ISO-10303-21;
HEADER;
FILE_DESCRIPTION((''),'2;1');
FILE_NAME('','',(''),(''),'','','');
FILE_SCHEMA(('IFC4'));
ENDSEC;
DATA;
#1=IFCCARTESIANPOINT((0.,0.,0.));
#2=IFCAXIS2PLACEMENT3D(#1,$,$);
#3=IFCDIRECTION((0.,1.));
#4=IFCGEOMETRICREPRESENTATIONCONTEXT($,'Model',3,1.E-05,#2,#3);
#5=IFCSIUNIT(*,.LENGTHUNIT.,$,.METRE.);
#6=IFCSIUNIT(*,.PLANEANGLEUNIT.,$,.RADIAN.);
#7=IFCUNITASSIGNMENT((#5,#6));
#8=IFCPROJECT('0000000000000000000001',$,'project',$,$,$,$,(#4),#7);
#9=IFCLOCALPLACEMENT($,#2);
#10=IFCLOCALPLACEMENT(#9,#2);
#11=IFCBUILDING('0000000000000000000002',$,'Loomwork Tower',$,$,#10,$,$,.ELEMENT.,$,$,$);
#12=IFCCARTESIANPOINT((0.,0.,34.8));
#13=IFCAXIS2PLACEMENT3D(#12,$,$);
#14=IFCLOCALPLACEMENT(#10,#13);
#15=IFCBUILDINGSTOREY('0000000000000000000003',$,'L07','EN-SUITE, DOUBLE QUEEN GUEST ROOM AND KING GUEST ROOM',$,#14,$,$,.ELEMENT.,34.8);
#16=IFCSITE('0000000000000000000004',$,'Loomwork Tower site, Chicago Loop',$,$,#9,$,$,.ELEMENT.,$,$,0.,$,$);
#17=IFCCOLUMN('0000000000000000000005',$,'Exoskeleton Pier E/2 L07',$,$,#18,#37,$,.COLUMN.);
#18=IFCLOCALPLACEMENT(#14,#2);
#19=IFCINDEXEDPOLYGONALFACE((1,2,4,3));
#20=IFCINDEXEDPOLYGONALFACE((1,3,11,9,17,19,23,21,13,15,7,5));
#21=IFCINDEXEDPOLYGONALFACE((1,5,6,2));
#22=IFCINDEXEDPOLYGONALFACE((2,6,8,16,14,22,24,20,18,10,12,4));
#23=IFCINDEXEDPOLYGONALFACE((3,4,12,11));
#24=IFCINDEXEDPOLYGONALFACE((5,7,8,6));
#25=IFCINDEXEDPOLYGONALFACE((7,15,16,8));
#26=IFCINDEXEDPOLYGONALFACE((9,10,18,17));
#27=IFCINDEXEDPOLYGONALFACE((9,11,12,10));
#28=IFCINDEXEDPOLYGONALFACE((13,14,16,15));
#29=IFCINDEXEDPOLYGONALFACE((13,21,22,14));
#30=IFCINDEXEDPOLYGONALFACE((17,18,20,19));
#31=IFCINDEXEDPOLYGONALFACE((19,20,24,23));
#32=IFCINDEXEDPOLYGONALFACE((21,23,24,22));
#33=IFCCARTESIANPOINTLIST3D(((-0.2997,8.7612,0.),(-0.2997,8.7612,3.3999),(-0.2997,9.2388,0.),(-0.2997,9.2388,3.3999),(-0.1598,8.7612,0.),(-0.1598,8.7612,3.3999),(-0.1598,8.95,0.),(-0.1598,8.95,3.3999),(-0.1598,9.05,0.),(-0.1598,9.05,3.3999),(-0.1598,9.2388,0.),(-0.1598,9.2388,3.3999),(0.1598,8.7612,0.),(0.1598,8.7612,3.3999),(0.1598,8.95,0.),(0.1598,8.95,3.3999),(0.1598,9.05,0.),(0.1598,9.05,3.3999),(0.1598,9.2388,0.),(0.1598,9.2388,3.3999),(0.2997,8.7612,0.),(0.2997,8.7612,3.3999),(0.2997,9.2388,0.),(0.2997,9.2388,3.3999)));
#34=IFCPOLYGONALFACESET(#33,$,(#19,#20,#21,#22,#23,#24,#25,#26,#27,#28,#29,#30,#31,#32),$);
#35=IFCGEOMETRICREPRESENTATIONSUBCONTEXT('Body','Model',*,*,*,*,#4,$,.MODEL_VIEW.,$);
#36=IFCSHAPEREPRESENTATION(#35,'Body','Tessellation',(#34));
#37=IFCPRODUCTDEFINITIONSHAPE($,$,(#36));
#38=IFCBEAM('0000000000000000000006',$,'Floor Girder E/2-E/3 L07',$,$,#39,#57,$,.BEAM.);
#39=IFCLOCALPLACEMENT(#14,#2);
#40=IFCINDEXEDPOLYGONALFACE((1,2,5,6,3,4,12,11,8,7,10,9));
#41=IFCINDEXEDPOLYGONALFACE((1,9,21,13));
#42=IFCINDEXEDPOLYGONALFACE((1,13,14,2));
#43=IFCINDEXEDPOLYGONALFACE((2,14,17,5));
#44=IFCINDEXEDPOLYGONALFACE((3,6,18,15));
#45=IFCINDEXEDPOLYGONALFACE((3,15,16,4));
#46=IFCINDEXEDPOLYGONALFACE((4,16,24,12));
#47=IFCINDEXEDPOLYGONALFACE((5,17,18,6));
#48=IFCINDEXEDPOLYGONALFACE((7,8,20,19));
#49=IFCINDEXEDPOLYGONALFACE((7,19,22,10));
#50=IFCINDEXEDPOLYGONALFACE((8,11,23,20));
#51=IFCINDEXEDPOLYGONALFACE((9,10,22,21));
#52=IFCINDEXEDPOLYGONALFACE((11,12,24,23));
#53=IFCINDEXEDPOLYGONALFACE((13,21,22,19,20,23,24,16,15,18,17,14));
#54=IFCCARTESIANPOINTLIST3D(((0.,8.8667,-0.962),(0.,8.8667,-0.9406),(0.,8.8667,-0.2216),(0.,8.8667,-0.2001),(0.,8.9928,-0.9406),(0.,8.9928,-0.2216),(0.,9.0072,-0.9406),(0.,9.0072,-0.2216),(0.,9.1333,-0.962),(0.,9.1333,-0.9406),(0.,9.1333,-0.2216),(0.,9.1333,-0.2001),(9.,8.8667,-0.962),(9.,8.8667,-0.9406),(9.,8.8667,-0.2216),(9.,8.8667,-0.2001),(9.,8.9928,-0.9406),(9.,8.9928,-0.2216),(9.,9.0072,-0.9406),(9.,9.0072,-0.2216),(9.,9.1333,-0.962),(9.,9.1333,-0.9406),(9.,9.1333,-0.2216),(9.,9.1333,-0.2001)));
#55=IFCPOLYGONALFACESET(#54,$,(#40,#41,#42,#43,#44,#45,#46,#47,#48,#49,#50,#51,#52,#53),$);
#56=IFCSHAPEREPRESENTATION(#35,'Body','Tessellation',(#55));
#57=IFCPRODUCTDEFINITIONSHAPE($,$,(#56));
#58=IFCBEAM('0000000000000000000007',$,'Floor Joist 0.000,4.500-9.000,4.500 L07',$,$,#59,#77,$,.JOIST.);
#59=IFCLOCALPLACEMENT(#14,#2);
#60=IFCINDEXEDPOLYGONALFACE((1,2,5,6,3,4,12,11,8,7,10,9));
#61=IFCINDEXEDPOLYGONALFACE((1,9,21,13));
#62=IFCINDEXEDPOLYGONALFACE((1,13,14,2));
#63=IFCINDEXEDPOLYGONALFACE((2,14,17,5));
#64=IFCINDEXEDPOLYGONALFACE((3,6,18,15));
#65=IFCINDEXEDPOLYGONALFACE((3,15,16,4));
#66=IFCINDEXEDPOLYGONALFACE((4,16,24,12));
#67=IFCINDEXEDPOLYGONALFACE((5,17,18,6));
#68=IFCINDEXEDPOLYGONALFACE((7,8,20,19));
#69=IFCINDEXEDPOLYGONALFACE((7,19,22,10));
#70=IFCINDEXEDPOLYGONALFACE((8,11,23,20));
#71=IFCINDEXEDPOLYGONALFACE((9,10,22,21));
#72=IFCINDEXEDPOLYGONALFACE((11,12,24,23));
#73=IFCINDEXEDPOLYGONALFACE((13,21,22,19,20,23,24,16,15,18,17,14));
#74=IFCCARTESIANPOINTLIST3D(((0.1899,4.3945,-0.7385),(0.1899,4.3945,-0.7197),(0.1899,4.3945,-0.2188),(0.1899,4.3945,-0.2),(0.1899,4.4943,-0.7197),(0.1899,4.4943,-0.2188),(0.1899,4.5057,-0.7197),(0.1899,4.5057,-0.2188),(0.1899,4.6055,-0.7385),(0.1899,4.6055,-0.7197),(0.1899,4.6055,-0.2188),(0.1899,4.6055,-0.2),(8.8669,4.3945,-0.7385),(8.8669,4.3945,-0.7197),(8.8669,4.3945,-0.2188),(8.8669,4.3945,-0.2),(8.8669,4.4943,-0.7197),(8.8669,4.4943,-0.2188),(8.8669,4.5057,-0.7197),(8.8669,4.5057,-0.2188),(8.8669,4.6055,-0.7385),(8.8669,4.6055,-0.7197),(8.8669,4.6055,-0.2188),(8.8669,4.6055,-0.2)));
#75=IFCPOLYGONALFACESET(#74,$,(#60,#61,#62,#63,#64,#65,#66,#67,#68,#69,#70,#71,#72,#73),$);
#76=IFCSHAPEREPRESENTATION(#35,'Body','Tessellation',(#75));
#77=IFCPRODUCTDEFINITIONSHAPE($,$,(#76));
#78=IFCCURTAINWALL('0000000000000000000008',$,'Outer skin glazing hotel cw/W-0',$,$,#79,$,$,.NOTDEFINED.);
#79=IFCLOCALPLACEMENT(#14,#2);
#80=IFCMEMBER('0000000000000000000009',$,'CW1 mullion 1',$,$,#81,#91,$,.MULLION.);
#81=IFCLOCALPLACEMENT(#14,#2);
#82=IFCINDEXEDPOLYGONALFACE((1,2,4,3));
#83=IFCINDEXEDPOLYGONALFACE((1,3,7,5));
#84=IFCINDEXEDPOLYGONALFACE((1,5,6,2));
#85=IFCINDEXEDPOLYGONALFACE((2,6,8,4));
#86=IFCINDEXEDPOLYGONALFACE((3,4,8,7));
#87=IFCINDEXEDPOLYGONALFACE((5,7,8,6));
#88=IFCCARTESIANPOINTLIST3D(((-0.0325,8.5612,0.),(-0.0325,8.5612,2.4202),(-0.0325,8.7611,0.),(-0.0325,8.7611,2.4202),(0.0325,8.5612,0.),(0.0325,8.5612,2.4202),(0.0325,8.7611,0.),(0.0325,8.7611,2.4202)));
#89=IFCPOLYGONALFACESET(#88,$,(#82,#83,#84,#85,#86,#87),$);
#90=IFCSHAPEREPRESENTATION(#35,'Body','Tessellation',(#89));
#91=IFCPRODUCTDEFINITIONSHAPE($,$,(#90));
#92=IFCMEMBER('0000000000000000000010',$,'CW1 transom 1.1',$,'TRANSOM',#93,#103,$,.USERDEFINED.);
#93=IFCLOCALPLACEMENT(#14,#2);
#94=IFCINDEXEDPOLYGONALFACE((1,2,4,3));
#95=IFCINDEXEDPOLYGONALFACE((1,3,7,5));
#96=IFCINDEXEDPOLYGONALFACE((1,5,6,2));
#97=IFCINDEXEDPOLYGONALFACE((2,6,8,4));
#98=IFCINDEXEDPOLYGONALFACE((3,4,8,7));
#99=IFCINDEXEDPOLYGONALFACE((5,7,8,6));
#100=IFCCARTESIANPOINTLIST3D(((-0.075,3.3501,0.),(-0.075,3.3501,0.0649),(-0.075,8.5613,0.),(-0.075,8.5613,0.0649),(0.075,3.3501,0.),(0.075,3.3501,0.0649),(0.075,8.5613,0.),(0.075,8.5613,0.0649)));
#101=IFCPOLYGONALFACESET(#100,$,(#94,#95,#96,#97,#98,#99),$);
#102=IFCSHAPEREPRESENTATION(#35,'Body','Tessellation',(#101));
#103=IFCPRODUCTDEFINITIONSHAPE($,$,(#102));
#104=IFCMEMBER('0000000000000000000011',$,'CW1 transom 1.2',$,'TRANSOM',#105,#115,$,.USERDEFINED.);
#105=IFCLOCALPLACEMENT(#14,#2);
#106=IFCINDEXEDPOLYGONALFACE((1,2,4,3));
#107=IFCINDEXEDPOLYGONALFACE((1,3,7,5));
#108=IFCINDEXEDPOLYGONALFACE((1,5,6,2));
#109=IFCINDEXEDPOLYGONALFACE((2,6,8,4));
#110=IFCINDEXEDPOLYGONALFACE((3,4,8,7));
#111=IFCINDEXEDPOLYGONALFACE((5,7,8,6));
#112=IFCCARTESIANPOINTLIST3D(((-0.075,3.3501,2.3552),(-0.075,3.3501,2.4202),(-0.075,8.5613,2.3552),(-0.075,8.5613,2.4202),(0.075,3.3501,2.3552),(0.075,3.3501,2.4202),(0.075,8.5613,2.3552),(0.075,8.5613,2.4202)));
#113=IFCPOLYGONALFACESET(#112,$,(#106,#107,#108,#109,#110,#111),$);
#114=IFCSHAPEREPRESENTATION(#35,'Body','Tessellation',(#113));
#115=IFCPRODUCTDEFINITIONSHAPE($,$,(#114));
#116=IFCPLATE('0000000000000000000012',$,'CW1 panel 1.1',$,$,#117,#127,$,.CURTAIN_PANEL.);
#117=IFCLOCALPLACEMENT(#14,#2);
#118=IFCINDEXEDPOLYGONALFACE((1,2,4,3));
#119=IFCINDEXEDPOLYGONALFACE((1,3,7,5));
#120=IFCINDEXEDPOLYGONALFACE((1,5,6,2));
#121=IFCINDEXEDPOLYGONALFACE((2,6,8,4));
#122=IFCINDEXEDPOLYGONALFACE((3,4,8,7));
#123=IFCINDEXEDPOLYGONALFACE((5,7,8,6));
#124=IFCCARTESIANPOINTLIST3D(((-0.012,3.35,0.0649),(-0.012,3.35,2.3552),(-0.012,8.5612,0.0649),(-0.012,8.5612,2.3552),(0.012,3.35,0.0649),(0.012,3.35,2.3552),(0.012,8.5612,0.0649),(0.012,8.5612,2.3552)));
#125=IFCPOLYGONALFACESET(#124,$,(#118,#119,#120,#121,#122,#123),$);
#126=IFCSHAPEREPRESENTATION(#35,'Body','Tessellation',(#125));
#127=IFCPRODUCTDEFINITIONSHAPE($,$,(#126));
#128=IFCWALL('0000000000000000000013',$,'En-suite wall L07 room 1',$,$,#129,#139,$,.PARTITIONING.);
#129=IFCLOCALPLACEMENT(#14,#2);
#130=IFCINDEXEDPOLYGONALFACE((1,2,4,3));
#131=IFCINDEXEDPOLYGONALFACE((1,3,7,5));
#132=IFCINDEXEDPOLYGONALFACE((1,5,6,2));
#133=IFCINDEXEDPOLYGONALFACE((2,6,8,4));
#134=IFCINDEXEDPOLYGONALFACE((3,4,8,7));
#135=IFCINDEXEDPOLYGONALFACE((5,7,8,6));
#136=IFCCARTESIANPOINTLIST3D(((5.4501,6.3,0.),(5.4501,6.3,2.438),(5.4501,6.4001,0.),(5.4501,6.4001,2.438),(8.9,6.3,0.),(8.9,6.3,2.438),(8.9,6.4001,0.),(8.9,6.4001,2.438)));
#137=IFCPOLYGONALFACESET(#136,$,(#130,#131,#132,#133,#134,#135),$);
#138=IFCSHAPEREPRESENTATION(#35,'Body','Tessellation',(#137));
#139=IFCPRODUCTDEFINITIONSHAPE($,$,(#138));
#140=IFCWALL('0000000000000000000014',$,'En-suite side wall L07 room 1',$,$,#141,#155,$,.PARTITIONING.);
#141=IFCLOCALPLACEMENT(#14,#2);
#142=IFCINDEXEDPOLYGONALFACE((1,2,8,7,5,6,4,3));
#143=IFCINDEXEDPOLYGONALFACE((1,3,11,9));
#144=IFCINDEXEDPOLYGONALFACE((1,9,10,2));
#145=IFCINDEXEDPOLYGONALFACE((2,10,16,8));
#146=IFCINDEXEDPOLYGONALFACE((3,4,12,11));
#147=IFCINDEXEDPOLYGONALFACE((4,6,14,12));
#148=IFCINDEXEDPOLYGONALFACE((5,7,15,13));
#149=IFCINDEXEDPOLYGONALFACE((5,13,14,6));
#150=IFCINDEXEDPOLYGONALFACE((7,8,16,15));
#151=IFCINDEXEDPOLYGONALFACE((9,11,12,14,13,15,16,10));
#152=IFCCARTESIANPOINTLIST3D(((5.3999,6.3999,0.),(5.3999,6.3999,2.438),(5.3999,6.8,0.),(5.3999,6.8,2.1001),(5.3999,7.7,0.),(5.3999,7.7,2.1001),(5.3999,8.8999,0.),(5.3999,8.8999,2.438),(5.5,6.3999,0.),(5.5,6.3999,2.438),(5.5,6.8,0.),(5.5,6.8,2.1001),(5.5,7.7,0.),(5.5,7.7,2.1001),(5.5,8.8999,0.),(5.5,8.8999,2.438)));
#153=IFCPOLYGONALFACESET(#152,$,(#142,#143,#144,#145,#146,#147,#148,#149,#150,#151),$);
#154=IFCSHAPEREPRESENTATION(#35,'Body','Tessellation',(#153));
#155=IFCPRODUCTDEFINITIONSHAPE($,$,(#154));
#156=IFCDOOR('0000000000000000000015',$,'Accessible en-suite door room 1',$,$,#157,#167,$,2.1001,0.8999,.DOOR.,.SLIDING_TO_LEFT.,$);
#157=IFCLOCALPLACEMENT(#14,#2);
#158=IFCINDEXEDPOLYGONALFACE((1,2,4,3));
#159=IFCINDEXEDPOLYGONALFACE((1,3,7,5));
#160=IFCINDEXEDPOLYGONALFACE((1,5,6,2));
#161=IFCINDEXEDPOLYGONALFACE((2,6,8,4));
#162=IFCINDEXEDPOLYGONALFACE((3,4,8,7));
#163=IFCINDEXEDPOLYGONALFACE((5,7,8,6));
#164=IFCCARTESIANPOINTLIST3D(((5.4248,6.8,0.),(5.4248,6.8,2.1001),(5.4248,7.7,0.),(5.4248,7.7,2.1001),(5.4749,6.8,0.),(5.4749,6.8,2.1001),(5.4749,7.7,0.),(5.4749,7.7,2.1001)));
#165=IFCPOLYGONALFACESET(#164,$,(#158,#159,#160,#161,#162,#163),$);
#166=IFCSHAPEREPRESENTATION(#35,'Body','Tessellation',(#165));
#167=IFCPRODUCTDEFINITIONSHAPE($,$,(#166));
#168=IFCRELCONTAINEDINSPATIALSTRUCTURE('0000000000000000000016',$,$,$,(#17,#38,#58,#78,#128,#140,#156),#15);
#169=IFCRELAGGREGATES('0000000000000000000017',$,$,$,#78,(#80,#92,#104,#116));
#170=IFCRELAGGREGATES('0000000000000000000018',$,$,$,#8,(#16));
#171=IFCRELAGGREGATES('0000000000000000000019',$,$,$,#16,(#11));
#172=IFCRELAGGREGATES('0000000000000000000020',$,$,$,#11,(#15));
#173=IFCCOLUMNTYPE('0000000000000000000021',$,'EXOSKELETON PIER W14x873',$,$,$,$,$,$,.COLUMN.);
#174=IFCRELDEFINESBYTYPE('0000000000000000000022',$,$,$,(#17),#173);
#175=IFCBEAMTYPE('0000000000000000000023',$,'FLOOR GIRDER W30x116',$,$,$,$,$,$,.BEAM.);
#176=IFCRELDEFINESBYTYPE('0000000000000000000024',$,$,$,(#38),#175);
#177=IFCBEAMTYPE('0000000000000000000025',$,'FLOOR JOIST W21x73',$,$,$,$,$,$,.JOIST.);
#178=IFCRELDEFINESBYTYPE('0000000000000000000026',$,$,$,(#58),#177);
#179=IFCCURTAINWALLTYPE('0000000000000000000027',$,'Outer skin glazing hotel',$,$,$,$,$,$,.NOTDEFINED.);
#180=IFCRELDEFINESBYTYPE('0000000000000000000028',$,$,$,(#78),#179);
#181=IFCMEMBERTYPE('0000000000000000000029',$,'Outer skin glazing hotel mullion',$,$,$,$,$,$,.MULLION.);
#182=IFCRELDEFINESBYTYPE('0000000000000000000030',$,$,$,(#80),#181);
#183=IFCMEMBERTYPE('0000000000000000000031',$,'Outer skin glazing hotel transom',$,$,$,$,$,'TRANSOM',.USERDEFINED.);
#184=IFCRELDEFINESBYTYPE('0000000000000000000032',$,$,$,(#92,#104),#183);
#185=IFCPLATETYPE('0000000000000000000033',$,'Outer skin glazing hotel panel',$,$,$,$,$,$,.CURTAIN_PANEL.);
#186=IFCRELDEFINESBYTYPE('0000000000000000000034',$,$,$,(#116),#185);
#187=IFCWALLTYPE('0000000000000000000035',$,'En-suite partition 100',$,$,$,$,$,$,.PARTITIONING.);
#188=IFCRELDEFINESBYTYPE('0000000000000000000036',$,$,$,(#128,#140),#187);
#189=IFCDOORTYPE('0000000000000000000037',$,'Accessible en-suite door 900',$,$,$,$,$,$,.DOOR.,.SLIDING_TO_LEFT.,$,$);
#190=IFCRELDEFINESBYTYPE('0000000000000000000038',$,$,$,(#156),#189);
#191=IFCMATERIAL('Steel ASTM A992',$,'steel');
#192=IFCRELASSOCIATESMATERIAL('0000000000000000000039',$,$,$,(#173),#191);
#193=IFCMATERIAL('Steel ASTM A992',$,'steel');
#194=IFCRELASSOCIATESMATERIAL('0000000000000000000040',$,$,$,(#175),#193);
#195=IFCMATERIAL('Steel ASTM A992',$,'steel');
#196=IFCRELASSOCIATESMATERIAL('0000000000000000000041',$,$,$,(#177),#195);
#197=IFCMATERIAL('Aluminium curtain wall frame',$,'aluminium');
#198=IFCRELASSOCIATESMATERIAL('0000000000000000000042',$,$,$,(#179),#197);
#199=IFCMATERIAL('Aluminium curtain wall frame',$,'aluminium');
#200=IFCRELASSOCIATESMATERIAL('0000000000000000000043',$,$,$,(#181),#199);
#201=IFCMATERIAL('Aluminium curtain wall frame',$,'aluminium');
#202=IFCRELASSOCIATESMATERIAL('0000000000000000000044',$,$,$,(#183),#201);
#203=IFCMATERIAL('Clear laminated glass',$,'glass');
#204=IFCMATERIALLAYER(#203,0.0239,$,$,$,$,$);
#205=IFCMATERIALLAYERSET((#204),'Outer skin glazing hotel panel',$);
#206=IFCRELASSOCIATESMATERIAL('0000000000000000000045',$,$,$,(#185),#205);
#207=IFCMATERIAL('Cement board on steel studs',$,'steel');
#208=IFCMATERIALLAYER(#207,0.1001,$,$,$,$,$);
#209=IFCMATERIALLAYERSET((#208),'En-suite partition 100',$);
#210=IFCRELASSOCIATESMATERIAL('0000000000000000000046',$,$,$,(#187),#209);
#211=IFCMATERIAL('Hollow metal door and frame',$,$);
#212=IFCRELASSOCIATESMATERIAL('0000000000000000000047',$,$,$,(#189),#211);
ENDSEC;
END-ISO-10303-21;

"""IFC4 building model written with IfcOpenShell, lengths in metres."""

from ifc_helpers import new_model, si_unit, direction, frame, frame_2d, origin, origin_2d, place, context, subcontext, project, spatial, rectangle, i_section, extrude, material, layer, layer_set, material_profile, profile_set, type_object, element, fill, aggregate, save


model = new_model("IFC4")

# Units and contexts
model_context = context("Model", 3, precision=1e-05, world=origin(), true_north=direction((0.0, 1.0)))
body_context = subcontext(model_context, "Body", "Model", "MODEL_VIEW")
ifc_project = project(units=[si_unit("LENGTHUNIT", "METRE"), si_unit("PLANEANGLEUNIT", "RADIAN")], contexts=[model_context])

# Site, building, storey
site_placement = place(None, origin())
site = spatial("IfcSite", under=ifc_project, at=site_placement, Name="Loomwork Tower site, Chicago Loop", CompositionType="ELEMENT", RefElevation=0.0)
building_placement = place(site_placement, origin())
building = spatial("IfcBuilding", under=site, at=building_placement, Name="Loomwork Tower", CompositionType="ELEMENT")
storey_placement = place(building_placement, frame((0.0, 0.0, 34.8)))
storey = spatial("IfcBuildingStorey", under=building, at=storey_placement, Name="L07", Description="EN-SUITE, DOUBLE QUEEN GUEST ROOM AND KING GUEST ROOM", CompositionType="ELEMENT", Elevation=34.8)

# Column
ifc_material_1 = material(Name="Steel ASTM A992", Category="steel")
ifc_material_profile_1 = material_profile(ifc_material_1, i_section(OverallWidth=0.4775, OverallDepth=0.5994, WebThickness=0.1001, FlangeThickness=0.1399, at=origin_2d()), Name="W14x873")
ifc_profile_set_1 = profile_set([ifc_material_profile_1], Name="Steel ASTM A992")
column_type = type_object("IfcColumnType", Name="EXOSKELETON PIER W14x873", PredefinedType="COLUMN", material=ifc_profile_set_1)
column_placement = place(storey_placement, frame((0.0, 9.0, 0.0), z_axis=(0.0, 0.0, 1.0), x_axis=(0.0, 1.0, 0.0)))
element("IfcColumn", 1, at=column_placement, inside=storey, type_object=column_type, Name="Exoskeleton Pier E/2 L07", PredefinedType="COLUMN", context=body_context, shape_type="SweptSolid", body=[
    extrude(i_section(OverallWidth=0.4775, OverallDepth=0.5994, WebThickness=0.1001, FlangeThickness=0.1399, at=origin_2d()), origin(), (0.0, 0.0, 1.0), 3.3999),
])

# Beams
ifc_material_2 = material(Name="Steel ASTM A992", Category="steel")
ifc_material_profile_2 = material_profile(ifc_material_2, i_section(OverallWidth=0.2666, OverallDepth=0.762, WebThickness=0.0144, FlangeThickness=0.0215, at=origin_2d()), Name="W30x116")
ifc_profile_set_2 = profile_set([ifc_material_profile_2], Name="Steel ASTM A992")
beam_type_1 = type_object("IfcBeamType", Name="FLOOR GIRDER W30x116", PredefinedType="BEAM", material=ifc_profile_set_2)
beam_1_placement = place(storey_placement, frame((0.0, 9.0, -0.5811), z_axis=(1.0, 0.0, 0.0), x_axis=(0.0, 1.0, 0.0)))
element("IfcBeam", 2, at=beam_1_placement, inside=storey, type_object=beam_type_1, Name="Floor Girder E/2-E/3 L07", PredefinedType="BEAM", context=body_context, shape_type="SweptSolid", body=[
    extrude(i_section(OverallWidth=0.2666, OverallDepth=0.762, WebThickness=0.0144, FlangeThickness=0.0215, at=origin_2d()), origin(), (0.0, 0.0, 1.0), 9.0),
])
ifc_material_3 = material(Name="Steel ASTM A992", Category="steel")
ifc_material_profile_3 = material_profile(ifc_material_3, i_section(OverallWidth=0.2109, OverallDepth=0.5386, WebThickness=0.0115, FlangeThickness=0.0188, at=origin_2d()), Name="W21x73")
ifc_profile_set_3 = profile_set([ifc_material_profile_3], Name="Steel ASTM A992")
beam_type_2 = type_object("IfcBeamType", Name="FLOOR JOIST W21x73", PredefinedType="JOIST", material=ifc_profile_set_3)
beam_2_placement = place(storey_placement, frame((0.1899, 4.5, -0.4692), z_axis=(1.0, 0.0, 0.0), x_axis=(0.0, 1.0, 0.0)))
element("IfcBeam", 3, at=beam_2_placement, inside=storey, type_object=beam_type_2, Name="Floor Joist 0.000,4.500-9.000,4.500 L07", PredefinedType="JOIST", context=body_context, shape_type="SweptSolid", body=[
    extrude(i_section(OverallWidth=0.2109, OverallDepth=0.5386, WebThickness=0.0115, FlangeThickness=0.0188, at=origin_2d()), origin(), (0.0, 0.0, 1.0), 8.677),
])

# Curtain wall, members, plate
ifc_material_4 = material(Name="Aluminium curtain wall frame", Category="aluminium")
curtain_wall_type = type_object("IfcCurtainWallType", Name="Outer skin glazing hotel", PredefinedType="NOTDEFINED", material=ifc_material_4)
curtain_wall_placement = place(storey_placement, origin())
curtain_wall = element("IfcCurtainWall", 4, at=curtain_wall_placement, inside=storey, type_object=curtain_wall_type, Name="Outer skin glazing hotel cw/W-0", PredefinedType="NOTDEFINED")
ifc_material_5 = material(Name="Aluminium curtain wall frame", Category="aluminium")
ifc_material_profile_4 = material_profile(ifc_material_5, rectangle(XDim=0.0649, YDim=0.2, at=origin_2d()), Name="AL 65x200")
ifc_profile_set_4 = profile_set([ifc_material_profile_4], Name="Aluminium curtain wall frame")
member_type_1 = type_object("IfcMemberType", Name="Outer skin glazing hotel mullion", PredefinedType="MULLION", material=ifc_profile_set_4)
member_1_placement = place(storey_placement, frame((0.0, 8.6611, 0.0), z_axis=(0.0, 0.0, 1.0), x_axis=(1.0, 0.0, 0.0)))
member_1 = element("IfcMember", 5, at=member_1_placement, type_object=member_type_1, Name="CW1 mullion 1", PredefinedType="MULLION", context=body_context, shape_type="SweptSolid", body=[
    extrude(rectangle(XDim=0.0649, YDim=0.2, at=origin_2d()), origin(), (0.0, 0.0, 1.0), 2.4202),
])
ifc_material_6 = material(Name="Aluminium curtain wall frame", Category="aluminium")
ifc_material_profile_5 = material_profile(ifc_material_6, rectangle(XDim=0.1499, YDim=0.0649, at=origin_2d()), Name="AL 65x150")
ifc_profile_set_5 = profile_set([ifc_material_profile_5], Name="Aluminium curtain wall frame")
member_type_2 = type_object("IfcMemberType", Name="Outer skin glazing hotel transom", ElementType="TRANSOM", PredefinedType="USERDEFINED", material=ifc_profile_set_5)
member_2_placement = place(storey_placement, frame((0.0, 8.5613, 0.0325), z_axis=(0.0, -1.0, 0.0), x_axis=(1.0, 0.0, 0.0)))
member_2 = element("IfcMember", 6, at=member_2_placement, type_object=member_type_2, Name="CW1 transom 1.1", ObjectType="TRANSOM", PredefinedType="USERDEFINED", context=body_context, shape_type="SweptSolid", body=[
    extrude(rectangle(XDim=0.1499, YDim=0.0649, at=origin_2d()), origin(), (0.0, 0.0, 1.0), 5.2112),
])
member_3_placement = place(storey_placement, frame((0.0, 8.5613, 2.3877), z_axis=(0.0, -1.0, 0.0), x_axis=(1.0, 0.0, 0.0)))
member_3 = element("IfcMember", 7, at=member_3_placement, type_object=member_type_2, Name="CW1 transom 1.2", ObjectType="TRANSOM", PredefinedType="USERDEFINED", context=body_context, shape_type="SweptSolid", body=[
    extrude(rectangle(XDim=0.1499, YDim=0.0649, at=origin_2d()), origin(), (0.0, 0.0, 1.0), 5.2112),
])
ifc_material_7 = material(Name="Clear laminated glass", Category="glass")
ifc_layer_1 = layer(ifc_material_7, 0.0239)
ifc_layer_set_1 = layer_set([ifc_layer_1], Name="Outer skin glazing hotel panel")
plate_type = type_object("IfcPlateType", Name="Outer skin glazing hotel panel", PredefinedType="CURTAIN_PANEL", material=ifc_layer_set_1)
plate_placement = place(storey_placement, frame((0.0, 5.9556, 0.0649), z_axis=(0.0, 0.0, 1.0), x_axis=(0.0, -1.0, 0.0)))
plate = element("IfcPlate", 8, at=plate_placement, type_object=plate_type, Name="CW1 panel 1.1", PredefinedType="CURTAIN_PANEL", context=body_context, shape_type="SweptSolid", body=[
    extrude(rectangle(XDim=5.2112, YDim=0.0239, at=origin_2d()), origin(), (0.0, 0.0, 1.0), 2.2903),
])
aggregate(curtain_wall, [member_1, member_2, member_3, plate])

# Wall
ifc_material_8 = material(Name="Cement board on steel studs", Category="steel")
ifc_layer_2 = layer(ifc_material_8, 0.1001)
ifc_layer_set_2 = layer_set([ifc_layer_2], Name="En-suite partition 100")
wall_type_1 = type_object("IfcWallType", Name="En-suite partition 100", PredefinedType="PARTITIONING", material=ifc_layer_set_2)
wall_1_placement = place(storey_placement, frame((5.45, 6.3501, 0.0), z_axis=(0.0, 0.0, 1.0), x_axis=(1.0, 0.0, 0.0)))
element("IfcWall", 9, at=wall_1_placement, inside=storey, type_object=wall_type_1, Name="En-suite wall L07 room 1", PredefinedType="PARTITIONING", context=body_context, shape_type="SweptSolid", body=[
    extrude(rectangle(XDim=3.45, YDim=0.1001, at=frame_2d((1.7251, 0.0))), origin(), (0.0, 0.0, 1.0), 2.438),
])

# Wall, opening, door
wall_2_placement = place(storey_placement, frame((5.45, 8.8999, 0.0), z_axis=(0.0, 0.0, 1.0), x_axis=(0.0, -1.0, 0.0)))
wall_2 = element("IfcWall", 10, at=wall_2_placement, inside=storey, type_object=wall_type_1, Name="En-suite side wall L07 room 1", PredefinedType="PARTITIONING", context=body_context, shape_type="SweptSolid", body=[
    extrude(rectangle(XDim=2.5, YDim=0.1001, at=frame_2d((1.25, 0.0))), origin(), (0.0, 0.0, 1.0), 2.438),
])
opening_placement = place(wall_2_placement, frame((1.2, 0.0, 0.0)))
opening = element("IfcOpeningElement", 11, at=opening_placement, cuts=wall_2, PredefinedType="OPENING", context=body_context, shape_type="SweptSolid", body=[
    extrude(rectangle(XDim=0.8999, YDim=2.1001, at=frame_2d((0.45, 1.05))), frame((0.0, 0.0601, 0.0), z_axis=(0.0, -1.0, 0.0), x_axis=(1.0, 0.0, 0.0)), (0.0, 0.0, 1.0), 0.1201),
])
ifc_material_9 = material(Name="Hollow metal door and frame")
door_type = type_object("IfcDoorType", Name="Accessible en-suite door 900", OperationType="SLIDING_TO_LEFT", PredefinedType="DOOR", material=ifc_material_9)
door_placement = place(opening_placement, origin())
door = element("IfcDoor", 12, at=door_placement, inside=storey, type_object=door_type, Name="Accessible en-suite door room 1", OperationType="SLIDING_TO_LEFT", OverallHeight=2.1001, OverallWidth=0.8999, PredefinedType="DOOR", context=body_context, shape_type="SweptSolid", body=[
    extrude(rectangle(XDim=0.8999, YDim=2.1001, at=frame_2d((0.45, 1.05))), frame((0.0, 0.0249, 0.0), z_axis=(0.0, -1.0, 0.0), x_axis=(1.0, 0.0, 0.0)), (0.0, 0.0, 1.0), 0.05),
])
fill(opening, door)

save(model, "model.ifc")
